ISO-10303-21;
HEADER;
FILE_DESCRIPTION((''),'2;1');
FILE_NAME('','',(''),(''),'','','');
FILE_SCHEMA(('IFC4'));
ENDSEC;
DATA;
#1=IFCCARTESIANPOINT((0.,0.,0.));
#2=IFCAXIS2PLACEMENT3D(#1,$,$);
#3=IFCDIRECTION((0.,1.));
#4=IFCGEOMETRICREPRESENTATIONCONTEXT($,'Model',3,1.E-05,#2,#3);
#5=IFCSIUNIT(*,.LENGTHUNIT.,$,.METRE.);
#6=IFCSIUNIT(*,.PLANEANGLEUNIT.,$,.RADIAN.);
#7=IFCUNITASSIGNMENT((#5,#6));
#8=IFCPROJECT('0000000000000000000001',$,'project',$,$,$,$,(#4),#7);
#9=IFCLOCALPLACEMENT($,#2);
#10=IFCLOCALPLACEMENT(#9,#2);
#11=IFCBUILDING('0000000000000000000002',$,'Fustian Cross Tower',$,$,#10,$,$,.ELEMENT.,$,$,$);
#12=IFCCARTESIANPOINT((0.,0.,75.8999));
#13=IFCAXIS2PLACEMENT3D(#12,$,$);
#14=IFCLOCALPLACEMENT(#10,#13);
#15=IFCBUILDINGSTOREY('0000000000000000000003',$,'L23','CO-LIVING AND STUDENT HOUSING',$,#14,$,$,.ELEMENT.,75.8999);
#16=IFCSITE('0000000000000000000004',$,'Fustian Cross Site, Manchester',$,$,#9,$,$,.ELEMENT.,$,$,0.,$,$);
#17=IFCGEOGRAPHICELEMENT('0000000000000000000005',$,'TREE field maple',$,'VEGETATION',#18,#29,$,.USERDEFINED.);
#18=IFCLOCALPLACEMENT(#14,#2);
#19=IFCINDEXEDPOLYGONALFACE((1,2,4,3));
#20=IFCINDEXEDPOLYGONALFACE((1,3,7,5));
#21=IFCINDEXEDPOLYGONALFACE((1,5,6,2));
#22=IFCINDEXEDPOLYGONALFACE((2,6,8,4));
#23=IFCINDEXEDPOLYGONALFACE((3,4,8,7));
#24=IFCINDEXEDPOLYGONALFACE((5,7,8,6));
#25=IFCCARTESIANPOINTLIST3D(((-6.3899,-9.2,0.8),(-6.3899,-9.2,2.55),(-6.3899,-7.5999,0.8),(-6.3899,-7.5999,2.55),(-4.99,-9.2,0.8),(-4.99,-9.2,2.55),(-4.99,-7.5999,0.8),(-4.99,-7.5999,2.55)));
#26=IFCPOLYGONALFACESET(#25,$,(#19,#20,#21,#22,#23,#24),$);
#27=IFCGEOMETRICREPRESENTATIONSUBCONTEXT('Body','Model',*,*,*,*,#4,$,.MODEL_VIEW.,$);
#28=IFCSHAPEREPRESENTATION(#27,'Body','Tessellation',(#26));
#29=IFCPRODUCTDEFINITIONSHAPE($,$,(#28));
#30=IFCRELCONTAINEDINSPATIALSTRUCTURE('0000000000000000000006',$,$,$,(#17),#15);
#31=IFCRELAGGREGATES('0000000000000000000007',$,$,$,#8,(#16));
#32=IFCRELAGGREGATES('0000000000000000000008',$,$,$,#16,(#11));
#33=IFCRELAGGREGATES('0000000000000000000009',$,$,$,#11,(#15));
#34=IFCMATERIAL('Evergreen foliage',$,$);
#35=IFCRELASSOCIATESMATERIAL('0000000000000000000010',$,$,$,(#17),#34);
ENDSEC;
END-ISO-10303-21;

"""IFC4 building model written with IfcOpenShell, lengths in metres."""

from ifc_helpers import new_model, si_unit, direction, frame, origin, origin_2d, place, context, subcontext, project, spatial, rectangle, extrude, material, element, save


model = new_model("IFC4")

# Units and contexts
model_context = context("Model", 3, precision=1e-05, world=origin(), true_north=direction((0.0, 1.0)))
body_context = subcontext(model_context, "Body", "Model", "MODEL_VIEW")
ifc_project = project(units=[si_unit("LENGTHUNIT", "METRE"), si_unit("PLANEANGLEUNIT", "RADIAN")], contexts=[model_context])

# Site, building, storey
site_placement = place(None, origin())
site = spatial("IfcSite", under=ifc_project, at=site_placement, Name="Fustian Cross Site, Manchester", CompositionType="ELEMENT", RefElevation=0.0)
building_placement = place(site_placement, origin())
building = spatial("IfcBuilding", under=site, at=building_placement, Name="Fustian Cross Tower", CompositionType="ELEMENT")
storey_placement = place(building_placement, frame((0.0, 0.0, 75.8999)))
storey = spatial("IfcBuildingStorey", under=building, at=storey_placement, Name="L23", Description="CO-LIVING AND STUDENT HOUSING", CompositionType="ELEMENT", Elevation=75.8999)

# Geographic element
ifc_material_1 = material(Name="Evergreen foliage")
for number, where, z_axis, x_axis, name in (
    (1, (-5.6899, -8.3999, 0.8), (0.0, 0.0, 1.0), (1.0, 0.0, 0.0), "TREE field maple"),
):
    element("IfcGeographicElement", number, at=place(storey_placement, frame(where, z_axis=z_axis, x_axis=x_axis)), inside=storey, material=ifc_material_1, Name=name, ObjectType="VEGETATION", PredefinedType="USERDEFINED", context=body_context, shape_type="SweptSolid", body=[
        extrude(rectangle(XDim=1.3999, YDim=1.6001, at=origin_2d()), origin(), (0.0, 0.0, 1.0), 1.75),
    ])

save(model, "model.ifc")
